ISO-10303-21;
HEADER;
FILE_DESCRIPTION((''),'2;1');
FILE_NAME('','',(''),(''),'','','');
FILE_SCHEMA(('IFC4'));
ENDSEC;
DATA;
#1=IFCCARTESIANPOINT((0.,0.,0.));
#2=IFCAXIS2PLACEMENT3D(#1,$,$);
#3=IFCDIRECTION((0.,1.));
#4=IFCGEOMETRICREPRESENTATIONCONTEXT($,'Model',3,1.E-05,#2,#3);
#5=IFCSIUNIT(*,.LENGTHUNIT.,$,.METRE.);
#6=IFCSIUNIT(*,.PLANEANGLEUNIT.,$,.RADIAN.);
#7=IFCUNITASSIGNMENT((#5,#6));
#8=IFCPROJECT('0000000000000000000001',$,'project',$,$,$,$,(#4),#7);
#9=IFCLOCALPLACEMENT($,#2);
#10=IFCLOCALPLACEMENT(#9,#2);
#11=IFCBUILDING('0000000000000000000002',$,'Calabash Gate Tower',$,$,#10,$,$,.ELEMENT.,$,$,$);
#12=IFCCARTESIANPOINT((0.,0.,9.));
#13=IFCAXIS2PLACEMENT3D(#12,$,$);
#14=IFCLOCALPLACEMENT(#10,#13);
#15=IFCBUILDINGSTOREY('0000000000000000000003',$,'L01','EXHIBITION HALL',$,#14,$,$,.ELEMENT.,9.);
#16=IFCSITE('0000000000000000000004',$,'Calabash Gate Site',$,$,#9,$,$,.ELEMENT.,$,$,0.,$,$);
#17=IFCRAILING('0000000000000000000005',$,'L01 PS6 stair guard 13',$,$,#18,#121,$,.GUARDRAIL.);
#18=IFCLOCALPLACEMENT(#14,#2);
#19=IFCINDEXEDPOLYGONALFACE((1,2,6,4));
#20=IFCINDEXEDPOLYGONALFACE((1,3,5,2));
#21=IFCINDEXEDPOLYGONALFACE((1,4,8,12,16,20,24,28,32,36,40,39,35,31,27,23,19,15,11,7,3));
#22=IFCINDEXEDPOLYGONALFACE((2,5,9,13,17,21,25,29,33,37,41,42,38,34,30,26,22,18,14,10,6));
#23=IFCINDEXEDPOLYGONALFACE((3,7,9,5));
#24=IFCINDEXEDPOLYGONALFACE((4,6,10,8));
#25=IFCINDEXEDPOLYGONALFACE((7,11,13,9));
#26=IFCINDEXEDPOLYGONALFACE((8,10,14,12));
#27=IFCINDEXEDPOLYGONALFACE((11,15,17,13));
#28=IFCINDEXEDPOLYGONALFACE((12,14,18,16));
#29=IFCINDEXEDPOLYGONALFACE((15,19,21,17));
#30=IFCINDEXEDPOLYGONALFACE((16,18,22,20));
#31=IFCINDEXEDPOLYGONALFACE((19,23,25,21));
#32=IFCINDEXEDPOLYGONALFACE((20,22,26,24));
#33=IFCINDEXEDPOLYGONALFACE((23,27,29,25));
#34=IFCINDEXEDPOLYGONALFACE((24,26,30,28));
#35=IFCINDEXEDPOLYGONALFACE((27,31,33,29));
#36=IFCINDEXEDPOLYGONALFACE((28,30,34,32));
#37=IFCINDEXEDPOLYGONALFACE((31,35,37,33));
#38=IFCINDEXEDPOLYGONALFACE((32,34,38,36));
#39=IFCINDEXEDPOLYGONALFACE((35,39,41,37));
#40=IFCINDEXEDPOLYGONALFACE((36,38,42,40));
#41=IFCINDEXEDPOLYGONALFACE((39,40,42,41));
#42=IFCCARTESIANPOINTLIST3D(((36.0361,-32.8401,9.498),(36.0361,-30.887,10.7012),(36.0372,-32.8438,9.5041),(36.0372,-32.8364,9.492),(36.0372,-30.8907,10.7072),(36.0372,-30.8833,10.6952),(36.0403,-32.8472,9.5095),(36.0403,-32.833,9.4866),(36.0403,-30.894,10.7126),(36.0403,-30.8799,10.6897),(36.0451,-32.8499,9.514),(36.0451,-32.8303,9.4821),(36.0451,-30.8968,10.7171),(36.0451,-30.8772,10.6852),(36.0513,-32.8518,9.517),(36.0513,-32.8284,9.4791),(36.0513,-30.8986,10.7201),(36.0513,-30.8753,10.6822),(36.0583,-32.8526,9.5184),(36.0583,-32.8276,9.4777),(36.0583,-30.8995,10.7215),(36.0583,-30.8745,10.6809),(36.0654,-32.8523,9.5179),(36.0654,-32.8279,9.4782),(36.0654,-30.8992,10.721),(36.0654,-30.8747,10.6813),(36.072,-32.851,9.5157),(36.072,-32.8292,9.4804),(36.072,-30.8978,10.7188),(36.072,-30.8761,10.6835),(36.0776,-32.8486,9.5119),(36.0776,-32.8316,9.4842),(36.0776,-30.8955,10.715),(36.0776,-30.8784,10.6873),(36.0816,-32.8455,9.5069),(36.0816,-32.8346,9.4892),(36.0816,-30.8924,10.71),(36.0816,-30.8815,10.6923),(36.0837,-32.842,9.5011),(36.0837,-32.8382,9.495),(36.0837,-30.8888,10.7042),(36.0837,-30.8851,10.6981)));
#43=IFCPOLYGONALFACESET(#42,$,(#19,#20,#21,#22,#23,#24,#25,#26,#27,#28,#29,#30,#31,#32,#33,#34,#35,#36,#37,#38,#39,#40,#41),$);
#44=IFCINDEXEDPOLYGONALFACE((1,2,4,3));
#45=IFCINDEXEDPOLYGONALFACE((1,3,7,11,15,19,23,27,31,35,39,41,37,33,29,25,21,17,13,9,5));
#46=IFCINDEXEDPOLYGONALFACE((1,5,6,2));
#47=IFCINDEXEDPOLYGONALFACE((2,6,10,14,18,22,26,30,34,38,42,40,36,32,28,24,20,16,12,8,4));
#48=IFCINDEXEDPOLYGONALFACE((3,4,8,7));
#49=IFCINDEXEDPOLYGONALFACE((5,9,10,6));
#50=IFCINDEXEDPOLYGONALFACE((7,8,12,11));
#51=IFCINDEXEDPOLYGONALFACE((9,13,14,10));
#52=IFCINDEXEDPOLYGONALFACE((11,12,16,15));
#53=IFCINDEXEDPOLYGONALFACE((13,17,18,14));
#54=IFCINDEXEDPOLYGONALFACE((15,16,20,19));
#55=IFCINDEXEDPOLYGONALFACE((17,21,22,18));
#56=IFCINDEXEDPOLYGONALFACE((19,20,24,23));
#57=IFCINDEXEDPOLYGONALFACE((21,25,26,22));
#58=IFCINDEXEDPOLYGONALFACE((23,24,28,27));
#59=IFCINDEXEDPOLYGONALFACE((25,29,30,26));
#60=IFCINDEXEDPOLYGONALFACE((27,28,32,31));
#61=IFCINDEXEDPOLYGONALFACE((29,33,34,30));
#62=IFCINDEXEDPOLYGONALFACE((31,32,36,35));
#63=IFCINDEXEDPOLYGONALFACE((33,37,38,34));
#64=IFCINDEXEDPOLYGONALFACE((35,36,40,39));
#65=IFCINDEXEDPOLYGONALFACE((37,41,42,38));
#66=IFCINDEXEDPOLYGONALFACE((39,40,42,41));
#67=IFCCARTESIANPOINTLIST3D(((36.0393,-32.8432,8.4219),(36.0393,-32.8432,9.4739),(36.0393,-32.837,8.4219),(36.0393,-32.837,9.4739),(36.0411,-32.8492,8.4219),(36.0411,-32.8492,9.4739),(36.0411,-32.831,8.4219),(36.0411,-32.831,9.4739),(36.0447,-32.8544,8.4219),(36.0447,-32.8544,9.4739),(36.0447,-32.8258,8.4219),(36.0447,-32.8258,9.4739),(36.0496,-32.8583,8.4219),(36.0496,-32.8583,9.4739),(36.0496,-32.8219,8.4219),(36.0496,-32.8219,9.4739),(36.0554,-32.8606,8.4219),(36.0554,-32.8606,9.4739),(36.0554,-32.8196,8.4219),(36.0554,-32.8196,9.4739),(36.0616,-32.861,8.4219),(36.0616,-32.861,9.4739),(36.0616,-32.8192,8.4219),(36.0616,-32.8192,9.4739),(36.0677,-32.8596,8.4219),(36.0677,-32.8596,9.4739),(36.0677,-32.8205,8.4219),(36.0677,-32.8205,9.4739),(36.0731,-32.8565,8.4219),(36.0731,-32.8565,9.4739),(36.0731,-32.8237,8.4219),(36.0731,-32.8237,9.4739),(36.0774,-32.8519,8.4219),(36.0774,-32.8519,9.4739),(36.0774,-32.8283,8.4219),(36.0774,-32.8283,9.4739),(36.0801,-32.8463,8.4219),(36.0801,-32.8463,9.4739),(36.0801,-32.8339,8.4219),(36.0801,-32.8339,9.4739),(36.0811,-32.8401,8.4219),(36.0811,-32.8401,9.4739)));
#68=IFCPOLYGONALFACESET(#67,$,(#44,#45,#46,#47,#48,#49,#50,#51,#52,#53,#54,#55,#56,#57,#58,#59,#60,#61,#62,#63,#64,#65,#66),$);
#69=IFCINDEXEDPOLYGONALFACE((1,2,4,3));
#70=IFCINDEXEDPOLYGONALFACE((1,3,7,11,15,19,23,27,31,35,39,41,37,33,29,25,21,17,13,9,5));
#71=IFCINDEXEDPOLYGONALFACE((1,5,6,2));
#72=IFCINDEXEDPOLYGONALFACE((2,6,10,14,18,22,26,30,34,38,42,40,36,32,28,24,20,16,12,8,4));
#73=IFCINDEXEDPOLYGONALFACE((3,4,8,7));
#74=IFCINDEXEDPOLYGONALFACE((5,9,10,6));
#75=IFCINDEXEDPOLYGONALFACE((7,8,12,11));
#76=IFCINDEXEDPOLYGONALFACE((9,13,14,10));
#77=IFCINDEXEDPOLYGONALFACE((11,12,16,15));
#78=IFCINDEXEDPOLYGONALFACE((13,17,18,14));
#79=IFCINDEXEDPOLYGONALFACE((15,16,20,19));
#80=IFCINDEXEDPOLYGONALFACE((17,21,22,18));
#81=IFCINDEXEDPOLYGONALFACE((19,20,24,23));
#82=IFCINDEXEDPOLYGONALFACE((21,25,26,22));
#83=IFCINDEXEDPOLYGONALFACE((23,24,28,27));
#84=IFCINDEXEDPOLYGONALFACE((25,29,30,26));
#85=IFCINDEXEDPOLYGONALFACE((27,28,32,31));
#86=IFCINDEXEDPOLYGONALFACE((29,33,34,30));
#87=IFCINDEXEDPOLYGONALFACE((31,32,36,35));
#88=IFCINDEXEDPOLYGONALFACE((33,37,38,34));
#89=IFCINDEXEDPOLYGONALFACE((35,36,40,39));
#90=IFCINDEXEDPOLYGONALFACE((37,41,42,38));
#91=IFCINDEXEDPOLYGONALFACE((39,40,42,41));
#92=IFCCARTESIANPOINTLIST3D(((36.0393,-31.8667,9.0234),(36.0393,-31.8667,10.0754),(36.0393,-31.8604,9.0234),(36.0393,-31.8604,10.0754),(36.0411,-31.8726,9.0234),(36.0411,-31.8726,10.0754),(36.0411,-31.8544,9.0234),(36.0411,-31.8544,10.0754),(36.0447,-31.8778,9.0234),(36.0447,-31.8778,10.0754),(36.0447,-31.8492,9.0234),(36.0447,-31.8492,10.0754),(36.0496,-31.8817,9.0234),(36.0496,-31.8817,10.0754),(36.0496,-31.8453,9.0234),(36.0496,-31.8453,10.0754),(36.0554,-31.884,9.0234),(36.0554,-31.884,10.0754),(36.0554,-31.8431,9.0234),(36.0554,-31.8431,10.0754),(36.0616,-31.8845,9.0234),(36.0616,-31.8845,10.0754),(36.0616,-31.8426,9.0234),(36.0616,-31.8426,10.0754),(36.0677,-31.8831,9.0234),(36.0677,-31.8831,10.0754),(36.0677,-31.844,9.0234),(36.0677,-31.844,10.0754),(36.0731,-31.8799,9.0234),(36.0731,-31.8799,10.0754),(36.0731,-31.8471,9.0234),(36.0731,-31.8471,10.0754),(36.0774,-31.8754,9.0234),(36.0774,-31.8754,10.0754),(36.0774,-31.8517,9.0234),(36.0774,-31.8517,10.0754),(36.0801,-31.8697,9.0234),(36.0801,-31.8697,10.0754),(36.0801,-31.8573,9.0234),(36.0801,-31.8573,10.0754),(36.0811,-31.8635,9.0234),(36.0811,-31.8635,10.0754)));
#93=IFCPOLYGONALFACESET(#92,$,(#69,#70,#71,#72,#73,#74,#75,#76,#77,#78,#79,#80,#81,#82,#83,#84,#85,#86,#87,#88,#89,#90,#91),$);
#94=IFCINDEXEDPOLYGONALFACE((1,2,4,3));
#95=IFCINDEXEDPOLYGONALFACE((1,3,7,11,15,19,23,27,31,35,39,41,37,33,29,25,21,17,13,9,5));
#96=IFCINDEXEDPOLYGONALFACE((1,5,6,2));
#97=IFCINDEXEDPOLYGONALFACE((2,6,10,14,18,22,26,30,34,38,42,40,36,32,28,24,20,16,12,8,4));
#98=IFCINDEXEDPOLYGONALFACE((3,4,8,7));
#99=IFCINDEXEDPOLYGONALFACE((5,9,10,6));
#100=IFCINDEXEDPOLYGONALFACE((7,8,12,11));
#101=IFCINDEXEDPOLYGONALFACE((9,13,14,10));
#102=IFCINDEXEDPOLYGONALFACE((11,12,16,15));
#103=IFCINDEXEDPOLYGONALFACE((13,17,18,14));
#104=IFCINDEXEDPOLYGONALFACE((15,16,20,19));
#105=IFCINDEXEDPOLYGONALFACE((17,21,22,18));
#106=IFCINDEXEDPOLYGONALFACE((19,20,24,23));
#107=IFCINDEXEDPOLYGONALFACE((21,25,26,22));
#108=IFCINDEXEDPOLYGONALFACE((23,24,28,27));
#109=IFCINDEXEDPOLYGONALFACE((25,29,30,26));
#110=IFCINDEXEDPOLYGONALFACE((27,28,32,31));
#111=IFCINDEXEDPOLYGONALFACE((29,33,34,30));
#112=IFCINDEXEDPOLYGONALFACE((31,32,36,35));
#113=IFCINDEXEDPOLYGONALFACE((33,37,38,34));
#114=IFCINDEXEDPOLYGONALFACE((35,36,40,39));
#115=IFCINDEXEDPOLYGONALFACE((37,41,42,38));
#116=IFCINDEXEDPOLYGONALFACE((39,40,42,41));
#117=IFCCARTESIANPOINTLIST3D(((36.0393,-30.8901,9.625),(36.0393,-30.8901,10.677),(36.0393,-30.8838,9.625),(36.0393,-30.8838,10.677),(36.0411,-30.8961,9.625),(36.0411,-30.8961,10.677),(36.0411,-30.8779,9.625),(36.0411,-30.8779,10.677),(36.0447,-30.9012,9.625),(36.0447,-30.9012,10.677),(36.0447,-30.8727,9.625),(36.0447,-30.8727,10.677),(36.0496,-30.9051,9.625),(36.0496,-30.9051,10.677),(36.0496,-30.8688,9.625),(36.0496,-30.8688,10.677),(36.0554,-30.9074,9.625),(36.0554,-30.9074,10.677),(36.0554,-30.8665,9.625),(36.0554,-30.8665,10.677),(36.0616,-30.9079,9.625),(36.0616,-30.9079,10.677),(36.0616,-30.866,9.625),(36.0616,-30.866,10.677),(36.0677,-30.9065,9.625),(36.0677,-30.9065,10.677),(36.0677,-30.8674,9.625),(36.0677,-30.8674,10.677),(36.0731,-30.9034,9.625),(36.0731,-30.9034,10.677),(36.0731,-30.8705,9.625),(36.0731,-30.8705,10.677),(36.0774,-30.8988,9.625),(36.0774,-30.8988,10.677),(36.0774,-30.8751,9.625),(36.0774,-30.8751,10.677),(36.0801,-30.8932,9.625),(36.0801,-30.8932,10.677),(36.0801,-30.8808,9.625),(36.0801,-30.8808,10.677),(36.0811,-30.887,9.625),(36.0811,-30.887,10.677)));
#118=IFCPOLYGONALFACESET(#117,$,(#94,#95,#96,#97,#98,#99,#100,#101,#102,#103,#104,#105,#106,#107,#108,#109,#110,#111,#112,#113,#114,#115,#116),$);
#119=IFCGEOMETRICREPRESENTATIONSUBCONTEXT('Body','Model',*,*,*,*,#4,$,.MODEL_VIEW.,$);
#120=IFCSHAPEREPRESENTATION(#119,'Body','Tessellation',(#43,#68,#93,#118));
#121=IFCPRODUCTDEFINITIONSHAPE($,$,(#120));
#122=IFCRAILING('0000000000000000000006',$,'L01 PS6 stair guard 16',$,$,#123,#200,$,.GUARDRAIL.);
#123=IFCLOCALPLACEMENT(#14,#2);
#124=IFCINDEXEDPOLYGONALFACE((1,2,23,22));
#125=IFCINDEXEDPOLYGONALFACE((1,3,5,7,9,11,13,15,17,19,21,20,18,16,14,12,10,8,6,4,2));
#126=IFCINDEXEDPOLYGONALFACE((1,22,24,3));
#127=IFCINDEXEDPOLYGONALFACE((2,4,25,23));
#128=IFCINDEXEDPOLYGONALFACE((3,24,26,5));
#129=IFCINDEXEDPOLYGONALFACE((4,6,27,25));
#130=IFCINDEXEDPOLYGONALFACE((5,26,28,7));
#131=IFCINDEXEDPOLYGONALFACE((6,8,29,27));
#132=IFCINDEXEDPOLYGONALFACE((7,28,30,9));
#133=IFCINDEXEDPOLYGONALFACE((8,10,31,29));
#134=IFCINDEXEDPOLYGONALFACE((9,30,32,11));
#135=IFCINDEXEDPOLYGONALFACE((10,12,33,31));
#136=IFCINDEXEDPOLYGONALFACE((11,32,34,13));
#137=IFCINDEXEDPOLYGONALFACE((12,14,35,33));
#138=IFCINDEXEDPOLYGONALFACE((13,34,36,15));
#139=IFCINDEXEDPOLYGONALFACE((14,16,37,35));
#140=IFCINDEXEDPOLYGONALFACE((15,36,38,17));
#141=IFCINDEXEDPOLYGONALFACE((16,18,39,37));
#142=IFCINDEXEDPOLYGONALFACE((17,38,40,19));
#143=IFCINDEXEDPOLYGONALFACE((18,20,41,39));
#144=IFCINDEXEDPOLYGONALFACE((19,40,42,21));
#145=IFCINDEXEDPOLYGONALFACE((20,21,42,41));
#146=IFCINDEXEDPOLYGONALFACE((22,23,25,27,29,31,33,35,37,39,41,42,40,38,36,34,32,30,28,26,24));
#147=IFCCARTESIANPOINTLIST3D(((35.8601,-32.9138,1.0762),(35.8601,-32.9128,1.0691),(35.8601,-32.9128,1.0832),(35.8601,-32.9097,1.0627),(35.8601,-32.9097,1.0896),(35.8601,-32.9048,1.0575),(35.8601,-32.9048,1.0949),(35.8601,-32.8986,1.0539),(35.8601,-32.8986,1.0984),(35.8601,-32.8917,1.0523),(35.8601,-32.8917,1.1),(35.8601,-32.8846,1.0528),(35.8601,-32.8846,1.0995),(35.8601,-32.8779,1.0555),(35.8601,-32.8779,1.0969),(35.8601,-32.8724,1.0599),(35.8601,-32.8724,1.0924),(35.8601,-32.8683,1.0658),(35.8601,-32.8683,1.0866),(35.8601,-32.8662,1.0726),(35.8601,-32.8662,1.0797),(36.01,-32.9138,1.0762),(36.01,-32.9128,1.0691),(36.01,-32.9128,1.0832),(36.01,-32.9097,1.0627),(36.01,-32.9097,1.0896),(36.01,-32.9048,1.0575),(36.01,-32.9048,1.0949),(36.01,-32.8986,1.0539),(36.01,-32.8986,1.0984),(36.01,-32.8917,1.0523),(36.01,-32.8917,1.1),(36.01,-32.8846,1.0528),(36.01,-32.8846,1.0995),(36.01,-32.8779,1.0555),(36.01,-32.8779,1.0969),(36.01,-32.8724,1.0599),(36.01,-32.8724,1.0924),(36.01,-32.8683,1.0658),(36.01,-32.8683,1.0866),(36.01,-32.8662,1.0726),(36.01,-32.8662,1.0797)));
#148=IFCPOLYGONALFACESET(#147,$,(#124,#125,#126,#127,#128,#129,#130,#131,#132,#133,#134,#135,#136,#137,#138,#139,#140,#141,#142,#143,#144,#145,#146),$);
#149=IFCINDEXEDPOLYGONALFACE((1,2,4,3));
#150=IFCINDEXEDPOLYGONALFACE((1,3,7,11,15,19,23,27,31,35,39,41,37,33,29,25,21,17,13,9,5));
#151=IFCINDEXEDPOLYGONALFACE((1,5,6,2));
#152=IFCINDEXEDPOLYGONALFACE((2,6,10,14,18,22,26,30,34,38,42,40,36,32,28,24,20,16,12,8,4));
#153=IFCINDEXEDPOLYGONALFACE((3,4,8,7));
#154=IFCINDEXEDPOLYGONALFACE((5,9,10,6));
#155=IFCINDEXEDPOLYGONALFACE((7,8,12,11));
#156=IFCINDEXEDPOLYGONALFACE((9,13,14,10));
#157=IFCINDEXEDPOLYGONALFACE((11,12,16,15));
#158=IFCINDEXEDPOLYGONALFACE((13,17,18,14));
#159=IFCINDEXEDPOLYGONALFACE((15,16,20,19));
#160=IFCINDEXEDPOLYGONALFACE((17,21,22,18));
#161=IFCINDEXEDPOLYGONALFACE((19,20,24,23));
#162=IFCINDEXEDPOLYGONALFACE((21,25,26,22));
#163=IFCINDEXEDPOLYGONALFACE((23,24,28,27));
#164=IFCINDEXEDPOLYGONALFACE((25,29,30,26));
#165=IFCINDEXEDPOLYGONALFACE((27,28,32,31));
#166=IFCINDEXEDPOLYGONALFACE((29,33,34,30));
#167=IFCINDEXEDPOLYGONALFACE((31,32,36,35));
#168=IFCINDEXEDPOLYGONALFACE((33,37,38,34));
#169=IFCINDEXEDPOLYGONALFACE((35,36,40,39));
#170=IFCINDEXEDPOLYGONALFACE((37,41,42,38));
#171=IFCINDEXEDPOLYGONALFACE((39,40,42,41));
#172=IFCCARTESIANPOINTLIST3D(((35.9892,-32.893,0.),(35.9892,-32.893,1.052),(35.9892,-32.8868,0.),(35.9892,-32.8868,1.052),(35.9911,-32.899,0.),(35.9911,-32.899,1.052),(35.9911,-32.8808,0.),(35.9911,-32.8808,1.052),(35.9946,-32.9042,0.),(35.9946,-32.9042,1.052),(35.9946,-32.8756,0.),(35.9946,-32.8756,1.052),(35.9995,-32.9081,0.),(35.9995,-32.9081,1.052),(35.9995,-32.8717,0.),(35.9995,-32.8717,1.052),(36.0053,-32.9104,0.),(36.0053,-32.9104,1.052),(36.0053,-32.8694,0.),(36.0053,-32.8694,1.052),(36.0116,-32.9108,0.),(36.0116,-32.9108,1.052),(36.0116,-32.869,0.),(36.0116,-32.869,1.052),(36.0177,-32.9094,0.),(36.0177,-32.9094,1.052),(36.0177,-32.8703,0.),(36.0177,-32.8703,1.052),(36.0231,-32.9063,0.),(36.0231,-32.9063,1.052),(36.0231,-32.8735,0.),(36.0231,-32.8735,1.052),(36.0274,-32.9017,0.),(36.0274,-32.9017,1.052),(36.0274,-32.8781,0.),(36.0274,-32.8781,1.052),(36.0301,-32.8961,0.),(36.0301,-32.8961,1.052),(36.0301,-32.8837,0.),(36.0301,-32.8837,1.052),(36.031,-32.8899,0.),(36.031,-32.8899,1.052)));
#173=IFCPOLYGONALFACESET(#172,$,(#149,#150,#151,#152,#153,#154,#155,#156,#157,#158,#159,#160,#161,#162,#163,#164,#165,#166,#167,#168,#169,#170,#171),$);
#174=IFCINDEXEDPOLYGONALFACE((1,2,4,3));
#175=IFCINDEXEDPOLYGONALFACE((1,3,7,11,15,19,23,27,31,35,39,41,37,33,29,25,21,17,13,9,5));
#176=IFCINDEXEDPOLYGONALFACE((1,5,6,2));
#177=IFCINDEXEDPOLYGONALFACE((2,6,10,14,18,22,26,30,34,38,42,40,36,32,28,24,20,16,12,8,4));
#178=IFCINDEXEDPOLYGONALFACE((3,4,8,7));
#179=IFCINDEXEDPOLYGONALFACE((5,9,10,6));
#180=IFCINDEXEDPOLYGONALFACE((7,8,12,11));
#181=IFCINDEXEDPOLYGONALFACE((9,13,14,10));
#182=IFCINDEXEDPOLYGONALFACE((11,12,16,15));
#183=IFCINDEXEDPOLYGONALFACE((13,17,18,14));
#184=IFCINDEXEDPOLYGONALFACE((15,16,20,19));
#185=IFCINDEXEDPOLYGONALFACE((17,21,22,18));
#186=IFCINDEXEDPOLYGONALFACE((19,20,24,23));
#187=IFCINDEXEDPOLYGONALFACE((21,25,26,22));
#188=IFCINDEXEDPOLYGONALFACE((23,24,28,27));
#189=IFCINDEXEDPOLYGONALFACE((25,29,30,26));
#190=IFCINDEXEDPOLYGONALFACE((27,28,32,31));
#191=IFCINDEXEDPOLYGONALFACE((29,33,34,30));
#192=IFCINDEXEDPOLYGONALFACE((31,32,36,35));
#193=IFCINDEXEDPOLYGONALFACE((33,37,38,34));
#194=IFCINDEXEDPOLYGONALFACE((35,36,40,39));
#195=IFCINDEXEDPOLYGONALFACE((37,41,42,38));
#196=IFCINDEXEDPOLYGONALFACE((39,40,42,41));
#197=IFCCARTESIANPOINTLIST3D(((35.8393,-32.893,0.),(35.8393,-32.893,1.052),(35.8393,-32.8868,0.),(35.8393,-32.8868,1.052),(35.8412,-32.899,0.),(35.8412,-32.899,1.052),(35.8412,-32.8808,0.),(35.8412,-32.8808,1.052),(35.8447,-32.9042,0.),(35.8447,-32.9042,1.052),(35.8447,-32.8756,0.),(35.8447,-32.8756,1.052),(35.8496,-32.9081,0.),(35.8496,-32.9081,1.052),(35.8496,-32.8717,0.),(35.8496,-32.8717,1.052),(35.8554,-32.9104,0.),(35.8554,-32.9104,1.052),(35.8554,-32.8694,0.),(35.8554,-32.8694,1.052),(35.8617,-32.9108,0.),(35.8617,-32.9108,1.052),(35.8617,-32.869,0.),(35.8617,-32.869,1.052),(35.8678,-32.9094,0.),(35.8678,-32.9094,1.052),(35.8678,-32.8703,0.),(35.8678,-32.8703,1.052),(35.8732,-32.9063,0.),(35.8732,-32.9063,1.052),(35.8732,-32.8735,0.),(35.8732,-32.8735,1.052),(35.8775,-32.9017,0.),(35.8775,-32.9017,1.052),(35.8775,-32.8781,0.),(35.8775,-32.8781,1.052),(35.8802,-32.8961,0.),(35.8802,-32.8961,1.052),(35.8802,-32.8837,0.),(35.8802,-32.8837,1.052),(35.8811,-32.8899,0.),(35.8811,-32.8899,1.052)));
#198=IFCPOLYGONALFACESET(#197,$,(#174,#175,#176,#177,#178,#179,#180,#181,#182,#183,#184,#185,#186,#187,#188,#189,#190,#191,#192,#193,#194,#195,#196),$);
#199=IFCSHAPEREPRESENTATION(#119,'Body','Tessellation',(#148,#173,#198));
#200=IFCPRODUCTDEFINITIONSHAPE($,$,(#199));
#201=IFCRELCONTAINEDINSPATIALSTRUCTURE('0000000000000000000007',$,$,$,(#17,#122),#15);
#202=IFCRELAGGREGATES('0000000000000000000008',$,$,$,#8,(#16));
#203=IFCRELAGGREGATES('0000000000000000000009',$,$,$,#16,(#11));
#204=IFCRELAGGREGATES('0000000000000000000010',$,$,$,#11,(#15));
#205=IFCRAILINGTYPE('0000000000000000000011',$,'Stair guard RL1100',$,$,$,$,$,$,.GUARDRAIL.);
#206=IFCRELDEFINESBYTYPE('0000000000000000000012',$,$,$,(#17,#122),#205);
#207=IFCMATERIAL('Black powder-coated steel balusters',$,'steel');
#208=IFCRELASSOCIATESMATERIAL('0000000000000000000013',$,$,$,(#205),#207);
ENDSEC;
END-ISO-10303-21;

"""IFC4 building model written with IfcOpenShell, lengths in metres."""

from ifc_helpers import new_model, si_unit, direction, frame, origin, origin_2d, place, context, subcontext, project, spatial, circle, extrude, material, type_object, element, save


model = new_model("IFC4")

# Units and contexts
model_context = context("Model", 3, precision=1e-05, world=origin(), true_north=direction((0.0, 1.0)))
body_context = subcontext(model_context, "Body", "Model", "MODEL_VIEW")
ifc_project = project(units=[si_unit("LENGTHUNIT", "METRE"), si_unit("PLANEANGLEUNIT", "RADIAN")], contexts=[model_context])

# Site, building, storey
site_placement = place(None, origin())
site = spatial("IfcSite", under=ifc_project, at=site_placement, Name="Calabash Gate Site", CompositionType="ELEMENT", RefElevation=0.0)
building_placement = place(site_placement, origin())
building = spatial("IfcBuilding", under=site, at=building_placement, Name="Calabash Gate Tower", CompositionType="ELEMENT")
storey_placement = place(building_placement, frame((0.0, 0.0, 9.0)))
storey = spatial("IfcBuildingStorey", under=building, at=storey_placement, Name="L01", Description="EXHIBITION HALL", CompositionType="ELEMENT", Elevation=9.0)

# Railings
ifc_material_1 = material(Name="Black powder-coated steel balusters", Category="steel")
railing_type_1 = type_object("IfcRailingType", Name="Stair guard RL1100", PredefinedType="GUARDRAIL", material=ifc_material_1)
for number, where, name in (
    (1, (36.0601, -32.8401, 8.4219), "L01 PS6 stair guard 13"),
):
    element("IfcRailing", number, at=place(storey_placement, frame(where)), inside=storey, type_object=railing_type_1, Name=name, PredefinedType="GUARDRAIL", context=body_context, shape_type="SweptSolid", body=[
        extrude(circle(Radius=0.0239, at=origin_2d()), frame((0.0, 0.0, 1.0762), z_axis=(0.0, 0.851424, 0.524477), x_axis=(-1.0, 0.0, 0.0)), (0.0, 0.0, 1.0), 2.2939),
        extrude(circle(Radius=0.021, at=origin_2d()), origin(), (0.0, 0.0, 1.0), 1.052),
        extrude(circle(Radius=0.021, at=origin_2d()), frame((0.0, 0.9766, 0.6016)), (0.0, 0.0, 1.0), 1.052),
        extrude(circle(Radius=0.021, at=origin_2d()), frame((0.0, 1.9531, 1.2031)), (0.0, 0.0, 1.0), 1.052),
    ])
railing_placement = place(storey_placement, frame((36.01, -32.8899, 0.0)))
element("IfcRailing", 2, at=railing_placement, inside=storey, type_object=railing_type_1, Name="L01 PS6 stair guard 16", PredefinedType="GUARDRAIL", context=body_context, shape_type="SweptSolid", body=[
    extrude(circle(Radius=0.0239, at=origin_2d()), frame((0.0, 0.0, 1.0762), z_axis=(-1.0, 0.0, 0.0), x_axis=(0.0, -1.0, 0.0)), (0.0, 0.0, 1.0), 0.1499),
    extrude(circle(Radius=0.021, at=origin_2d()), origin(), (0.0, 0.0, 1.0), 1.052),
    extrude(circle(Radius=0.021, at=origin_2d()), frame((-0.1499, 0.0, 0.0)), (0.0, 0.0, 1.0), 1.052),
])

save(model, "model.ifc")
